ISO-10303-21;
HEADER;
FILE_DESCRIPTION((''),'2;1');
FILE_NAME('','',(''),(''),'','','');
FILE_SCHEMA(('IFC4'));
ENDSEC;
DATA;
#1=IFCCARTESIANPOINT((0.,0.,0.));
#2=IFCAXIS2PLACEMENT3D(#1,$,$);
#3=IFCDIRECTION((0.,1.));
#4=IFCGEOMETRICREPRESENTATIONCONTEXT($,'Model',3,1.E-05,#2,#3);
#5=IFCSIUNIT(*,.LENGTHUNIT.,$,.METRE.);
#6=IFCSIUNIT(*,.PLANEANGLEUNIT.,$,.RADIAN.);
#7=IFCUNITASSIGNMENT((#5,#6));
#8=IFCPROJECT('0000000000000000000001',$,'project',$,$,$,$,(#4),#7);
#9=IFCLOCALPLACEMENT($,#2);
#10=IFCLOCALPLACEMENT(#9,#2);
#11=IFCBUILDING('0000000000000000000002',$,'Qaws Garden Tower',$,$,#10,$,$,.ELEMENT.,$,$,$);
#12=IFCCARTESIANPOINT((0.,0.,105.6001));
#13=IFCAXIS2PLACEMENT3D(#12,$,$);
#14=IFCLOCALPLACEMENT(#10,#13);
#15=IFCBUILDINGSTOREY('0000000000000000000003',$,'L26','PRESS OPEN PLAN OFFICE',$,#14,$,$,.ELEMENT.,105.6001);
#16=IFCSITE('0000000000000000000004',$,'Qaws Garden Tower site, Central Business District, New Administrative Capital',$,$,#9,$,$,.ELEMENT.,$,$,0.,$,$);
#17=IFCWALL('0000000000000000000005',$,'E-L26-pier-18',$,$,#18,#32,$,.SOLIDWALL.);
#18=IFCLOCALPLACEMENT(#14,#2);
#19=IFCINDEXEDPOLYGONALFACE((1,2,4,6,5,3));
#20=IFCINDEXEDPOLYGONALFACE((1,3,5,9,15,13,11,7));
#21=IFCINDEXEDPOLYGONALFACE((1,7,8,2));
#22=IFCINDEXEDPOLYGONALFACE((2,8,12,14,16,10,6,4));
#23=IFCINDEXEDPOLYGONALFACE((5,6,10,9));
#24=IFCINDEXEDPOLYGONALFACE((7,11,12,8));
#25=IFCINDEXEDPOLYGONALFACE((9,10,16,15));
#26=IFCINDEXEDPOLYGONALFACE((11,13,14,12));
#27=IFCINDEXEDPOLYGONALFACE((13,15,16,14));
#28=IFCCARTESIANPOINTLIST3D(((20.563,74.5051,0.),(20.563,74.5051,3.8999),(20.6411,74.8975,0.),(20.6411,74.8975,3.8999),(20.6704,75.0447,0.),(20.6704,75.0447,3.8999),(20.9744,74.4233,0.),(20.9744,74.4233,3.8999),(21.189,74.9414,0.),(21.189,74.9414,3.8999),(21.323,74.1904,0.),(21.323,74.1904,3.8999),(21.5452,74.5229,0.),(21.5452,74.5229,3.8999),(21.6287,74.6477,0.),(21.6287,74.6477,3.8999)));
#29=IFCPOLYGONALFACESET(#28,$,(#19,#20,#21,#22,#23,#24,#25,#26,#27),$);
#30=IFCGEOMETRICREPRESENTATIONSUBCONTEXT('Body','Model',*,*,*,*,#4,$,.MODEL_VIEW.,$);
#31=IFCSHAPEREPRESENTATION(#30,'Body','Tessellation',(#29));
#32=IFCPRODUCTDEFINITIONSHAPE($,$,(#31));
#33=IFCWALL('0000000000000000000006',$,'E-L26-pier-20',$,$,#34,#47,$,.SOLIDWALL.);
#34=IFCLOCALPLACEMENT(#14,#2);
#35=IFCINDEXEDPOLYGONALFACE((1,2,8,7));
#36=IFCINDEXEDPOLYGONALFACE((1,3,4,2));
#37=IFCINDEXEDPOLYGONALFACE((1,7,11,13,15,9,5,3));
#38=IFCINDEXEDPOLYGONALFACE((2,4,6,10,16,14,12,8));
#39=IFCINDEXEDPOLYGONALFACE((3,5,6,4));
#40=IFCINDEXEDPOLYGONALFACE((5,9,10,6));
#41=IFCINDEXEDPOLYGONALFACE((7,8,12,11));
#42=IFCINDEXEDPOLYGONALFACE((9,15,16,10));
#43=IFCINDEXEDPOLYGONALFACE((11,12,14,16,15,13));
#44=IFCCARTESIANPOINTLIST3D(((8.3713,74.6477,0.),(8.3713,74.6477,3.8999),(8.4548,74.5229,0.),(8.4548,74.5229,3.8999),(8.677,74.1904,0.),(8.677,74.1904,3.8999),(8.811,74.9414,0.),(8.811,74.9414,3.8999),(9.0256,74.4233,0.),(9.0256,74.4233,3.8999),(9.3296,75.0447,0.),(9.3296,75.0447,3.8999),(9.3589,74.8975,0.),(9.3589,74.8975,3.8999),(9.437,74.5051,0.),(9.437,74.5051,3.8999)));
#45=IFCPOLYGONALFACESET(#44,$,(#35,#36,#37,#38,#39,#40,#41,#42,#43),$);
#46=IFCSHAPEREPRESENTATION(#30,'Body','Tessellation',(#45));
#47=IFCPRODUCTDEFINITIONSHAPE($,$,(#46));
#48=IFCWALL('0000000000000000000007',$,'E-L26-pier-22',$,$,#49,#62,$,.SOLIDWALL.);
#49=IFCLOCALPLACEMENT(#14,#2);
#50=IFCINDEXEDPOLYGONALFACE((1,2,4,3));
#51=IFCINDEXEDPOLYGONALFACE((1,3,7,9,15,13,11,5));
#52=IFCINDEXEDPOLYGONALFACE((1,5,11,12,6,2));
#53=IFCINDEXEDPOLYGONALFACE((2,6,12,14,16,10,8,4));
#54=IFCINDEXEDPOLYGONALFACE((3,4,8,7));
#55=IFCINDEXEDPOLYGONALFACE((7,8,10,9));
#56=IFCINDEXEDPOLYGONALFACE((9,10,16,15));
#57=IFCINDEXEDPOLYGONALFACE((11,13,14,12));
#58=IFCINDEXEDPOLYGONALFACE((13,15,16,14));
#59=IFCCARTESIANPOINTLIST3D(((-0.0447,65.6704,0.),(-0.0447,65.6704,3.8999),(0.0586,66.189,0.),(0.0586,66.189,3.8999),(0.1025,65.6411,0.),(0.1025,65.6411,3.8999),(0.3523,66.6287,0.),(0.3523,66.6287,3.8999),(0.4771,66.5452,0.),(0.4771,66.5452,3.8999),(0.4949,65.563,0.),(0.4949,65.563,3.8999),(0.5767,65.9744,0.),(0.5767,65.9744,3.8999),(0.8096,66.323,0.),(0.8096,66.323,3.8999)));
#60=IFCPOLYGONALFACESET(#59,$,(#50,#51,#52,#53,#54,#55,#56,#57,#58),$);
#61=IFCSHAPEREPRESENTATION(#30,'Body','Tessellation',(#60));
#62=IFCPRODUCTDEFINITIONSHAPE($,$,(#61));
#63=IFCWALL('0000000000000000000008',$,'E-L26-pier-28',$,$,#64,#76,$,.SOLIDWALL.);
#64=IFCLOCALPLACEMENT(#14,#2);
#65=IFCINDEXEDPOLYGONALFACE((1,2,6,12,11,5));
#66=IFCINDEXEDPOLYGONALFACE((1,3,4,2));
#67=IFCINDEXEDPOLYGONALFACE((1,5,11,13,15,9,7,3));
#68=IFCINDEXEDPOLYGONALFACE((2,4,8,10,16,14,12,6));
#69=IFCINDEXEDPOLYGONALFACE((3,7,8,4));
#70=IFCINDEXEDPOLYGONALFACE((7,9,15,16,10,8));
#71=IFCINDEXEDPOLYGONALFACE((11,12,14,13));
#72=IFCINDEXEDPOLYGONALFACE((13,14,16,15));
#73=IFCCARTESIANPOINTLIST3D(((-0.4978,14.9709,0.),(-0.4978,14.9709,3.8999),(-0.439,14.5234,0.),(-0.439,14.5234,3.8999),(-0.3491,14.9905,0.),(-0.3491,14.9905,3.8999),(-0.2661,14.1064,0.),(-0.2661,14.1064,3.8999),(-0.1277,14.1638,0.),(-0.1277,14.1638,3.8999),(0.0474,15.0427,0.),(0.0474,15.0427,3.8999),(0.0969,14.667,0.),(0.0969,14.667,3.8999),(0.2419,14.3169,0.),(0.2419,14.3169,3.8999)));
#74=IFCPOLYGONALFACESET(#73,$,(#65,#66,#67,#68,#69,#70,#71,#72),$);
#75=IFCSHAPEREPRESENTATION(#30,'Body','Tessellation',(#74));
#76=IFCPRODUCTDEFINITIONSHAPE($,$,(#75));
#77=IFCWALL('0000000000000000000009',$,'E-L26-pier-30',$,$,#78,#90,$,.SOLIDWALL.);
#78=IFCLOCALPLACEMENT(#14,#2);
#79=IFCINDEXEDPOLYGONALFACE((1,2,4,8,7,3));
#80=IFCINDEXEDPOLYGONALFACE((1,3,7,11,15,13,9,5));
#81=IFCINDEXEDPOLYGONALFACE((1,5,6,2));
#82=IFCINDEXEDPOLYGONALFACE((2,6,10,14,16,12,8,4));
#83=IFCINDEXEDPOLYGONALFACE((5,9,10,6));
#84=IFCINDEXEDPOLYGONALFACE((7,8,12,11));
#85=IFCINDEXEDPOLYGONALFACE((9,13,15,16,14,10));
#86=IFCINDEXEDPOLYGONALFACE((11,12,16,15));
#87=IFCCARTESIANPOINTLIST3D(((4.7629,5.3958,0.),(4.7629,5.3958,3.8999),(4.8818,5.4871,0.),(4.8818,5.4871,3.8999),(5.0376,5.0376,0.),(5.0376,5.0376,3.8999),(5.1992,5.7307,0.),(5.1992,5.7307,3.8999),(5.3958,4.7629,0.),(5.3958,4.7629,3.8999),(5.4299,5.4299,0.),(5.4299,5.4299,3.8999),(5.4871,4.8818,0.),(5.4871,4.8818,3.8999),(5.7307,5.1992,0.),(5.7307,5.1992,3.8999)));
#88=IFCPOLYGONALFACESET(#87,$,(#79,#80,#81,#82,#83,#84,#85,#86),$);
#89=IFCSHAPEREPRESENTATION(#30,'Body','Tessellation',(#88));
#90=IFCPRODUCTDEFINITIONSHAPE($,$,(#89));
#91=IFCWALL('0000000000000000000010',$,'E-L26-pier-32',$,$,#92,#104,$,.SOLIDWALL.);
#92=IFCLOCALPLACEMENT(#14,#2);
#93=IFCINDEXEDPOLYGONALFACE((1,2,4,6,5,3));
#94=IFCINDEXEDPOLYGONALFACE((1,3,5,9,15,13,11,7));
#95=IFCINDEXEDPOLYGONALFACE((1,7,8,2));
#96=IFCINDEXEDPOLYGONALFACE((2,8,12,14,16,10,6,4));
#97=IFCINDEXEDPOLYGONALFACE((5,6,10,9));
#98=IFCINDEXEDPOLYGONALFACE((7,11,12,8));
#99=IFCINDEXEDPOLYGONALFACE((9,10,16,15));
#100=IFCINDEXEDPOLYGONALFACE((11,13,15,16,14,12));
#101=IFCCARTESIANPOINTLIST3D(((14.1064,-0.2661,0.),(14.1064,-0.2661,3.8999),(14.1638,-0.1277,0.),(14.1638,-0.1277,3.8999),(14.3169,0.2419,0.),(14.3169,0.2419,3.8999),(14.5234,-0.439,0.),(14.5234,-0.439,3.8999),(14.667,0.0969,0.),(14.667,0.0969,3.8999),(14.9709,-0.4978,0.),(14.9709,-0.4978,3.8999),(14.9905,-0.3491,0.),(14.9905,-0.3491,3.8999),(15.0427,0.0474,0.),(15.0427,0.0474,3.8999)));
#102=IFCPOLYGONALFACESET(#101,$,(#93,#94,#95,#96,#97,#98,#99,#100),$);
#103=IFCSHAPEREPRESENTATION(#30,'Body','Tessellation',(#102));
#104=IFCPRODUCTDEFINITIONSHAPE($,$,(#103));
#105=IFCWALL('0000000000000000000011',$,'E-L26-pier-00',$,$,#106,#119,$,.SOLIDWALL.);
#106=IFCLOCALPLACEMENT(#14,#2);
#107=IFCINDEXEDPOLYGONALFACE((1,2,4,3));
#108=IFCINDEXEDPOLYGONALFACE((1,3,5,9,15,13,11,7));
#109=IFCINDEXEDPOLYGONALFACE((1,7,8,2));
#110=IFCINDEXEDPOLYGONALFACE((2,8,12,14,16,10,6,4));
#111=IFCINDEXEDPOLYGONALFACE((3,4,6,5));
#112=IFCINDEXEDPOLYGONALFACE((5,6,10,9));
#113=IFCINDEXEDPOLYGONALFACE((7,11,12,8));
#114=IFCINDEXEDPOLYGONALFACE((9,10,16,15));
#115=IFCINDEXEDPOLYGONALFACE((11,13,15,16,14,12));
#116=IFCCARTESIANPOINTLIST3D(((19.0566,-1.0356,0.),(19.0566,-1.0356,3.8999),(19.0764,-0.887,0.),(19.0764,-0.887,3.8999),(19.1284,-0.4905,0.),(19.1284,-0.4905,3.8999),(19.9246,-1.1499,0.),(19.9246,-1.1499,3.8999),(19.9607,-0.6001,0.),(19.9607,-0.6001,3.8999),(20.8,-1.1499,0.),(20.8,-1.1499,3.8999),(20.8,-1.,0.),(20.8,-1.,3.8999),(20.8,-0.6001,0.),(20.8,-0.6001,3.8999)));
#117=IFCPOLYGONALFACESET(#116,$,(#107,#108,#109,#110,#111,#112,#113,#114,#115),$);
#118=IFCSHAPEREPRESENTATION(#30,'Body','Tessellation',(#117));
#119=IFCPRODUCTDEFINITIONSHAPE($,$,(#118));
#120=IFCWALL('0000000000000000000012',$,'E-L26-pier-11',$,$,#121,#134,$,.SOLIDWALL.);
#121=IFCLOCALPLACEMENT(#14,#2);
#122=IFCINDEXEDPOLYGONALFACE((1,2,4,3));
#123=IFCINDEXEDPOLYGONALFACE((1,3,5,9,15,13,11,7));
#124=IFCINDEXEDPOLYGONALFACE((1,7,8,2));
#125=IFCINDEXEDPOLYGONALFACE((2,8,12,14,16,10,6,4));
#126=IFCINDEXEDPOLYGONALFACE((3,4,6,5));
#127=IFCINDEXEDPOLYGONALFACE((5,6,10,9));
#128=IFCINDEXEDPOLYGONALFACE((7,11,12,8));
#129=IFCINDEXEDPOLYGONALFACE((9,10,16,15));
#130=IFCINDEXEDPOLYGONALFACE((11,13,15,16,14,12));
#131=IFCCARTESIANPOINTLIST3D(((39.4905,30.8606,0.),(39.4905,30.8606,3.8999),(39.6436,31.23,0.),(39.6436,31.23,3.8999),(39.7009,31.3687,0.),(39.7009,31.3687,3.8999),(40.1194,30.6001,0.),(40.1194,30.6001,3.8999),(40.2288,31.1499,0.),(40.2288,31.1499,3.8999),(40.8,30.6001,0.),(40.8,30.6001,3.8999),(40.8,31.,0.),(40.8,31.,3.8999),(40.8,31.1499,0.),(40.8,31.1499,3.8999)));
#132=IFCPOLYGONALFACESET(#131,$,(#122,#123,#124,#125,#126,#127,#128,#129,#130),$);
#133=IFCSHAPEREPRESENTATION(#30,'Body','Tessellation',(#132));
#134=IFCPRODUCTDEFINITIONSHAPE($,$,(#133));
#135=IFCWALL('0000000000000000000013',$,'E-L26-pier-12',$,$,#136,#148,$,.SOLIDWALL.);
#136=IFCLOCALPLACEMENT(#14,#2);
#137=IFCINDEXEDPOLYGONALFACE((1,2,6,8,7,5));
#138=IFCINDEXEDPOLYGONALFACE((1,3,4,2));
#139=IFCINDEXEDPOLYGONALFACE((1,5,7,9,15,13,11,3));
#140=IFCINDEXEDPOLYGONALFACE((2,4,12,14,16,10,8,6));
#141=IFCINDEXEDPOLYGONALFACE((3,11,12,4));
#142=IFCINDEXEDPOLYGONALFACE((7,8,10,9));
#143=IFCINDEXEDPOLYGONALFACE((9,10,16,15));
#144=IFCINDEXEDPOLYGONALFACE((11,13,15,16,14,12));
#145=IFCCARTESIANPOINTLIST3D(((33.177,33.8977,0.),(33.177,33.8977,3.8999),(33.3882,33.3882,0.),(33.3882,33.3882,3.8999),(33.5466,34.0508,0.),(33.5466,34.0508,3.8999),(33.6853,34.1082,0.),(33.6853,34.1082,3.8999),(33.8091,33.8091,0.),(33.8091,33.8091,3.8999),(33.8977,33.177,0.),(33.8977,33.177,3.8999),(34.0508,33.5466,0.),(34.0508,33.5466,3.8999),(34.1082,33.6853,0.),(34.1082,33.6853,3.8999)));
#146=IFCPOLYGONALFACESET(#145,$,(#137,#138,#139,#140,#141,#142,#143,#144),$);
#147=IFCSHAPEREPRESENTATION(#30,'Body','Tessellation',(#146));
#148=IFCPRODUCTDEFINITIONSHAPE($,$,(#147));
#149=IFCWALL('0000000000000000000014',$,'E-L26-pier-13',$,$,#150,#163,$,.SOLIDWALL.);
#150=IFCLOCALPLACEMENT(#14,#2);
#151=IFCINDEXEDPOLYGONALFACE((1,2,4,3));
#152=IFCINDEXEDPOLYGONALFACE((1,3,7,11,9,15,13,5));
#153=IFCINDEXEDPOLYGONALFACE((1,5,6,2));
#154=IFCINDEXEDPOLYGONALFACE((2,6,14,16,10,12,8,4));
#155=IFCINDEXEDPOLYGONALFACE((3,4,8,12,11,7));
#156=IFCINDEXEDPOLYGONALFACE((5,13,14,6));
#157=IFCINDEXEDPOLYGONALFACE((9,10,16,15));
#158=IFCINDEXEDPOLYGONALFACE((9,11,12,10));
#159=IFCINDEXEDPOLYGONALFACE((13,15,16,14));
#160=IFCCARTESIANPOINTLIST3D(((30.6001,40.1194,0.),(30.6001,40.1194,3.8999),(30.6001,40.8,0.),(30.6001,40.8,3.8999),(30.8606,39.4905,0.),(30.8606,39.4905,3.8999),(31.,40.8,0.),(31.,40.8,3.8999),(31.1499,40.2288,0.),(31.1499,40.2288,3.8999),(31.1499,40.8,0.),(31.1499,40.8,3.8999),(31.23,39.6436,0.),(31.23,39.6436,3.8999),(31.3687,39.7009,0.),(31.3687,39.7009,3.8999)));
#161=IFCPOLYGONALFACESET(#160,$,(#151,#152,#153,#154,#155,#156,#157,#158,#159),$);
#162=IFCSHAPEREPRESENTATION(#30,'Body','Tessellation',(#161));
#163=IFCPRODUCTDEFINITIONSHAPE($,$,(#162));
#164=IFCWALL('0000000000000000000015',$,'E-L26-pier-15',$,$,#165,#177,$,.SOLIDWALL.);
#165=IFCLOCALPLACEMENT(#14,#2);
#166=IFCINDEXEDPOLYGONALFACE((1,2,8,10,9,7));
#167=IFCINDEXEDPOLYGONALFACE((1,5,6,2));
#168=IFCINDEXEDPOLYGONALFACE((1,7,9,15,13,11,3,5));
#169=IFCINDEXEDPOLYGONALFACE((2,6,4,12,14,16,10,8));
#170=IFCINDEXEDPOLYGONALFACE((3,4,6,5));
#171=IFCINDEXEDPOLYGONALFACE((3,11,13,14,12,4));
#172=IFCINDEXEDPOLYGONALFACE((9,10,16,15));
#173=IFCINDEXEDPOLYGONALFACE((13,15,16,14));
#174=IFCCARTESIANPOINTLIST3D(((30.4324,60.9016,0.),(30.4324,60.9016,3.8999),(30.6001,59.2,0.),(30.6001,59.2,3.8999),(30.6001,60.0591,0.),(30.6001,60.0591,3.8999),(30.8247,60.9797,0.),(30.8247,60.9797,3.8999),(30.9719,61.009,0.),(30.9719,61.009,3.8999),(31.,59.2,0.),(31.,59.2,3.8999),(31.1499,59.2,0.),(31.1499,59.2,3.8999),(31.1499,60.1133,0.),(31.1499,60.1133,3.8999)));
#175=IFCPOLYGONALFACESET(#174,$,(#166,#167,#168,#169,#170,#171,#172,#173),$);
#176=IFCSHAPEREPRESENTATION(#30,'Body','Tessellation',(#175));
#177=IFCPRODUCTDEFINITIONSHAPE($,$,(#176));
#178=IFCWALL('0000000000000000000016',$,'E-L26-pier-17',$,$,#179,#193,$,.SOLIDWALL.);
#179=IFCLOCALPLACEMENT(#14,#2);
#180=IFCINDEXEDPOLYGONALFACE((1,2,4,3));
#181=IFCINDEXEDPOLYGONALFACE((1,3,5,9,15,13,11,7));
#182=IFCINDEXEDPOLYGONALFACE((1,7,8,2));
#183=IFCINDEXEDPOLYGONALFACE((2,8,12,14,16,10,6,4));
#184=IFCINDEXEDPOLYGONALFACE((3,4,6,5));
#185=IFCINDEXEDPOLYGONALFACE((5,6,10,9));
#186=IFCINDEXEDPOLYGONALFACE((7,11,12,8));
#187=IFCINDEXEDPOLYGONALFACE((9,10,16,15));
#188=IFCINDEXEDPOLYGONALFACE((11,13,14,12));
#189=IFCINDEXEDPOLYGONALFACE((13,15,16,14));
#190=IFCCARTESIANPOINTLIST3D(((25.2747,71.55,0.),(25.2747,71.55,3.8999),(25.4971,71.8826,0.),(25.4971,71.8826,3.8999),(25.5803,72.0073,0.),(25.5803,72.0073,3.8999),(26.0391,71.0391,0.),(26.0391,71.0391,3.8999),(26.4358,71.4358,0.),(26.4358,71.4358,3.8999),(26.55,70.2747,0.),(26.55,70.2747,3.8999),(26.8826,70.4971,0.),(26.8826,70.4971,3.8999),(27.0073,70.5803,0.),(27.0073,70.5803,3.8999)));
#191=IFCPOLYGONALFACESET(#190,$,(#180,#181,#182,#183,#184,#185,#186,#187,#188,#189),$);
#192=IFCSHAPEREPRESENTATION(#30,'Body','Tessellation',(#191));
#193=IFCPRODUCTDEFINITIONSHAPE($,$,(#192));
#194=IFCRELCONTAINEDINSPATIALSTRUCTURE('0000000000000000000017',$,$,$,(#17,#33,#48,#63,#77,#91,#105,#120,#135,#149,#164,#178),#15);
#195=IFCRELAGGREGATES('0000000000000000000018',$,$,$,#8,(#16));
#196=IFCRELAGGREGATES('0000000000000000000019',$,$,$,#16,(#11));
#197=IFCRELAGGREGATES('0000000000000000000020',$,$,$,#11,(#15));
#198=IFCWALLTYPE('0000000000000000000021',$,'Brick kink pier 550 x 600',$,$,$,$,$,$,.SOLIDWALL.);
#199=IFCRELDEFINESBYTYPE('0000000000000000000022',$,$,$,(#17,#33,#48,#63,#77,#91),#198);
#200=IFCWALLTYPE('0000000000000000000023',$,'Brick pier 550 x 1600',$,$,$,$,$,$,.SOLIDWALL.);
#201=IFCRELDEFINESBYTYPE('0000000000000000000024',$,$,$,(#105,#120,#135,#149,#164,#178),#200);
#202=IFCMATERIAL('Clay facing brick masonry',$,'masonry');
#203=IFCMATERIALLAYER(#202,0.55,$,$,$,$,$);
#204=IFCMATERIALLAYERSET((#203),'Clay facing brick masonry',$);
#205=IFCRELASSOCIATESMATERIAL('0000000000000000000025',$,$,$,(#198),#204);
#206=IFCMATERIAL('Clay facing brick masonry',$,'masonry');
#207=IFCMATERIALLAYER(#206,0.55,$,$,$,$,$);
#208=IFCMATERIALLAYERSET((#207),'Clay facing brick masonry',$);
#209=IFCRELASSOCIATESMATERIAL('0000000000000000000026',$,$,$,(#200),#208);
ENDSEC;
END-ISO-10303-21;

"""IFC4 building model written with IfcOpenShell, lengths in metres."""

from ifc_helpers import new_model, si_unit, direction, frame, origin, place, context, subcontext, project, spatial, polyline, outline, extrude, material, layer, layer_set, type_object, element, save


model = new_model("IFC4")

# Units and contexts
model_context = context("Model", 3, precision=1e-05, world=origin(), true_north=direction((0.0, 1.0)))
body_context = subcontext(model_context, "Body", "Model", "MODEL_VIEW")
ifc_project = project(units=[si_unit("LENGTHUNIT", "METRE"), si_unit("PLANEANGLEUNIT", "RADIAN")], contexts=[model_context])

# Site, building, storey
site_placement = place(None, origin())
site = spatial("IfcSite", under=ifc_project, at=site_placement, Name="Qaws Garden Tower site, Central Business District, New Administrative Capital", CompositionType="ELEMENT", RefElevation=0.0)
building_placement = place(site_placement, origin())
building = spatial("IfcBuilding", under=site, at=building_placement, Name="Qaws Garden Tower", CompositionType="ELEMENT")
storey_placement = place(building_placement, frame((0.0, 0.0, 105.6001)))
storey = spatial("IfcBuildingStorey", under=building, at=storey_placement, Name="L26", Description="PRESS OPEN PLAN OFFICE", CompositionType="ELEMENT", Elevation=105.6001)

# Walls
placement = place(storey_placement, origin())
ifc_material_1 = material(Name="Clay facing brick masonry", Category="masonry")
ifc_layer_1 = layer(ifc_material_1, 0.55)
ifc_layer_set_1 = layer_set([ifc_layer_1], Name="Clay facing brick masonry")
wall_type_1 = type_object("IfcWallType", Name="Brick kink pier 550 x 600", PredefinedType="SOLIDWALL", material=ifc_layer_set_1)
element("IfcWall", 1, at=placement, inside=storey, type_object=wall_type_1, Name="E-L26-pier-18", PredefinedType="SOLIDWALL", context=body_context, shape_type="SweptSolid", body=[
    extrude(outline(polyline([(21.5452, 74.5229), (21.6287, 74.6477), (21.189, 74.9414), (20.6704, 75.0447), (20.6411, 74.8975), (20.563, 74.5051), (20.9744, 74.4233), (21.323, 74.1904), (21.5452, 74.5229)])), origin(), (0.0, 0.0, 1.0), 3.8999),
])
element("IfcWall", 2, at=placement, inside=storey, type_object=wall_type_1, Name="E-L26-pier-20", PredefinedType="SOLIDWALL", context=body_context, shape_type="SweptSolid", body=[
    extrude(outline(polyline([(9.3589, 74.8975), (9.3296, 75.0447), (8.811, 74.9414), (8.3713, 74.6477), (8.4548, 74.5229), (8.677, 74.1904), (9.0256, 74.4233), (9.437, 74.5051), (9.3589, 74.8975)])), origin(), (0.0, 0.0, 1.0), 3.8999),
])
element("IfcWall", 3, at=placement, inside=storey, type_object=wall_type_1, Name="E-L26-pier-22", PredefinedType="SOLIDWALL", context=body_context, shape_type="SweptSolid", body=[
    extrude(outline(polyline([(0.4771, 66.5452), (0.3523, 66.6287), (0.0586, 66.189), (-0.0447, 65.6704), (0.1025, 65.6411), (0.4949, 65.563), (0.5767, 65.9744), (0.8096, 66.323), (0.4771, 66.5452)])), origin(), (0.0, 0.0, 1.0), 3.8999),
])
element("IfcWall", 4, at=placement, inside=storey, type_object=wall_type_1, Name="E-L26-pier-28", PredefinedType="SOLIDWALL", context=body_context, shape_type="SweptSolid", body=[
    extrude(outline(polyline([(-0.3491, 14.9905), (-0.4978, 14.9709), (-0.439, 14.5234), (-0.2661, 14.1064), (-0.1277, 14.1638), (0.2419, 14.3169), (0.0969, 14.667), (0.0474, 15.0427), (-0.3491, 14.9905)])), origin(), (0.0, 0.0, 1.0), 3.8999),
])
element("IfcWall", 5, at=placement, inside=storey, type_object=wall_type_1, Name="E-L26-pier-30", PredefinedType="SOLIDWALL", context=body_context, shape_type="SweptSolid", body=[
    extrude(outline(polyline([(4.8818, 5.4871), (4.7629, 5.3958), (5.0376, 5.0376), (5.3958, 4.7629), (5.4871, 4.8818), (5.7307, 5.1992), (5.4299, 5.4299), (5.1992, 5.7307), (4.8818, 5.4871)])), origin(), (0.0, 0.0, 1.0), 3.8999),
])
element("IfcWall", 6, at=placement, inside=storey, type_object=wall_type_1, Name="E-L26-pier-32", PredefinedType="SOLIDWALL", context=body_context, shape_type="SweptSolid", body=[
    extrude(outline(polyline([(14.1638, -0.1277), (14.1064, -0.2661), (14.5234, -0.439), (14.9709, -0.4978), (14.9905, -0.3491), (15.0427, 0.0474), (14.667, 0.0969), (14.3169, 0.2419), (14.1638, -0.1277)])), origin(), (0.0, 0.0, 1.0), 3.8999),
])
ifc_material_2 = material(Name="Clay facing brick masonry", Category="masonry")
ifc_layer_2 = layer(ifc_material_2, 0.55)
ifc_layer_set_2 = layer_set([ifc_layer_2], Name="Clay facing brick masonry")
wall_type_2 = type_object("IfcWallType", Name="Brick pier 550 x 1600", PredefinedType="SOLIDWALL", material=ifc_layer_set_2)
element("IfcWall", 7, at=placement, inside=storey, type_object=wall_type_2, Name="E-L26-pier-00", PredefinedType="SOLIDWALL", context=body_context, shape_type="SweptSolid", body=[
    extrude(outline(polyline([(19.0764, -0.887), (19.0566, -1.0356), (19.9246, -1.1499), (20.8, -1.1499), (20.8, -1.0), (20.8, -0.6001), (19.9607, -0.6001), (19.1284, -0.4905), (19.0764, -0.887)])), origin(), (0.0, 0.0, 1.0), 3.8999),
])
element("IfcWall", 8, at=placement, inside=storey, type_object=wall_type_2, Name="E-L26-pier-11", PredefinedType="SOLIDWALL", context=body_context, shape_type="SweptSolid", body=[
    extrude(outline(polyline([(40.8, 31.0), (40.8, 31.1499), (40.2288, 31.1499), (39.7009, 31.3687), (39.6436, 31.23), (39.4905, 30.8606), (40.1194, 30.6001), (40.8, 30.6001), (40.8, 31.0)])), origin(), (0.0, 0.0, 1.0), 3.8999),
])
element("IfcWall", 9, at=placement, inside=storey, type_object=wall_type_2, Name="E-L26-pier-12", PredefinedType="SOLIDWALL", context=body_context, shape_type="SweptSolid", body=[
    extrude(outline(polyline([(34.0508, 33.5466), (34.1082, 33.6853), (33.8091, 33.8091), (33.6853, 34.1082), (33.5466, 34.0508), (33.177, 33.8977), (33.3882, 33.3882), (33.8977, 33.177), (34.0508, 33.5466)])), origin(), (0.0, 0.0, 1.0), 3.8999),
])
element("IfcWall", 10, at=placement, inside=storey, type_object=wall_type_2, Name="E-L26-pier-13", PredefinedType="SOLIDWALL", context=body_context, shape_type="SweptSolid", body=[
    extrude(outline(polyline([(31.23, 39.6436), (31.3687, 39.7009), (31.1499, 40.2288), (31.1499, 40.8), (31.0, 40.8), (30.6001, 40.8), (30.6001, 40.1194), (30.8606, 39.4905), (31.23, 39.6436)])), origin(), (0.0, 0.0, 1.0), 3.8999),
])
element("IfcWall", 11, at=placement, inside=storey, type_object=wall_type_2, Name="E-L26-pier-15", PredefinedType="SOLIDWALL", context=body_context, shape_type="SweptSolid", body=[
    extrude(outline(polyline([(31.0, 59.2), (31.1499, 59.2), (31.1499, 60.1133), (30.9719, 61.009), (30.8247, 60.9797), (30.4324, 60.9016), (30.6001, 60.0591), (30.6001, 59.2), (31.0, 59.2)])), origin(), (0.0, 0.0, 1.0), 3.8999),
])
element("IfcWall", 12, at=placement, inside=storey, type_object=wall_type_2, Name="E-L26-pier-17", PredefinedType="SOLIDWALL", context=body_context, shape_type="SweptSolid", body=[
    extrude(outline(polyline([(26.8826, 70.4971), (27.0073, 70.5803), (26.4358, 71.4358), (25.5803, 72.0073), (25.4971, 71.8826), (25.2747, 71.55), (26.0391, 71.0391), (26.55, 70.2747), (26.8826, 70.4971)])), origin(), (0.0, 0.0, 1.0), 3.8999),
])

save(model, "model.ifc")
